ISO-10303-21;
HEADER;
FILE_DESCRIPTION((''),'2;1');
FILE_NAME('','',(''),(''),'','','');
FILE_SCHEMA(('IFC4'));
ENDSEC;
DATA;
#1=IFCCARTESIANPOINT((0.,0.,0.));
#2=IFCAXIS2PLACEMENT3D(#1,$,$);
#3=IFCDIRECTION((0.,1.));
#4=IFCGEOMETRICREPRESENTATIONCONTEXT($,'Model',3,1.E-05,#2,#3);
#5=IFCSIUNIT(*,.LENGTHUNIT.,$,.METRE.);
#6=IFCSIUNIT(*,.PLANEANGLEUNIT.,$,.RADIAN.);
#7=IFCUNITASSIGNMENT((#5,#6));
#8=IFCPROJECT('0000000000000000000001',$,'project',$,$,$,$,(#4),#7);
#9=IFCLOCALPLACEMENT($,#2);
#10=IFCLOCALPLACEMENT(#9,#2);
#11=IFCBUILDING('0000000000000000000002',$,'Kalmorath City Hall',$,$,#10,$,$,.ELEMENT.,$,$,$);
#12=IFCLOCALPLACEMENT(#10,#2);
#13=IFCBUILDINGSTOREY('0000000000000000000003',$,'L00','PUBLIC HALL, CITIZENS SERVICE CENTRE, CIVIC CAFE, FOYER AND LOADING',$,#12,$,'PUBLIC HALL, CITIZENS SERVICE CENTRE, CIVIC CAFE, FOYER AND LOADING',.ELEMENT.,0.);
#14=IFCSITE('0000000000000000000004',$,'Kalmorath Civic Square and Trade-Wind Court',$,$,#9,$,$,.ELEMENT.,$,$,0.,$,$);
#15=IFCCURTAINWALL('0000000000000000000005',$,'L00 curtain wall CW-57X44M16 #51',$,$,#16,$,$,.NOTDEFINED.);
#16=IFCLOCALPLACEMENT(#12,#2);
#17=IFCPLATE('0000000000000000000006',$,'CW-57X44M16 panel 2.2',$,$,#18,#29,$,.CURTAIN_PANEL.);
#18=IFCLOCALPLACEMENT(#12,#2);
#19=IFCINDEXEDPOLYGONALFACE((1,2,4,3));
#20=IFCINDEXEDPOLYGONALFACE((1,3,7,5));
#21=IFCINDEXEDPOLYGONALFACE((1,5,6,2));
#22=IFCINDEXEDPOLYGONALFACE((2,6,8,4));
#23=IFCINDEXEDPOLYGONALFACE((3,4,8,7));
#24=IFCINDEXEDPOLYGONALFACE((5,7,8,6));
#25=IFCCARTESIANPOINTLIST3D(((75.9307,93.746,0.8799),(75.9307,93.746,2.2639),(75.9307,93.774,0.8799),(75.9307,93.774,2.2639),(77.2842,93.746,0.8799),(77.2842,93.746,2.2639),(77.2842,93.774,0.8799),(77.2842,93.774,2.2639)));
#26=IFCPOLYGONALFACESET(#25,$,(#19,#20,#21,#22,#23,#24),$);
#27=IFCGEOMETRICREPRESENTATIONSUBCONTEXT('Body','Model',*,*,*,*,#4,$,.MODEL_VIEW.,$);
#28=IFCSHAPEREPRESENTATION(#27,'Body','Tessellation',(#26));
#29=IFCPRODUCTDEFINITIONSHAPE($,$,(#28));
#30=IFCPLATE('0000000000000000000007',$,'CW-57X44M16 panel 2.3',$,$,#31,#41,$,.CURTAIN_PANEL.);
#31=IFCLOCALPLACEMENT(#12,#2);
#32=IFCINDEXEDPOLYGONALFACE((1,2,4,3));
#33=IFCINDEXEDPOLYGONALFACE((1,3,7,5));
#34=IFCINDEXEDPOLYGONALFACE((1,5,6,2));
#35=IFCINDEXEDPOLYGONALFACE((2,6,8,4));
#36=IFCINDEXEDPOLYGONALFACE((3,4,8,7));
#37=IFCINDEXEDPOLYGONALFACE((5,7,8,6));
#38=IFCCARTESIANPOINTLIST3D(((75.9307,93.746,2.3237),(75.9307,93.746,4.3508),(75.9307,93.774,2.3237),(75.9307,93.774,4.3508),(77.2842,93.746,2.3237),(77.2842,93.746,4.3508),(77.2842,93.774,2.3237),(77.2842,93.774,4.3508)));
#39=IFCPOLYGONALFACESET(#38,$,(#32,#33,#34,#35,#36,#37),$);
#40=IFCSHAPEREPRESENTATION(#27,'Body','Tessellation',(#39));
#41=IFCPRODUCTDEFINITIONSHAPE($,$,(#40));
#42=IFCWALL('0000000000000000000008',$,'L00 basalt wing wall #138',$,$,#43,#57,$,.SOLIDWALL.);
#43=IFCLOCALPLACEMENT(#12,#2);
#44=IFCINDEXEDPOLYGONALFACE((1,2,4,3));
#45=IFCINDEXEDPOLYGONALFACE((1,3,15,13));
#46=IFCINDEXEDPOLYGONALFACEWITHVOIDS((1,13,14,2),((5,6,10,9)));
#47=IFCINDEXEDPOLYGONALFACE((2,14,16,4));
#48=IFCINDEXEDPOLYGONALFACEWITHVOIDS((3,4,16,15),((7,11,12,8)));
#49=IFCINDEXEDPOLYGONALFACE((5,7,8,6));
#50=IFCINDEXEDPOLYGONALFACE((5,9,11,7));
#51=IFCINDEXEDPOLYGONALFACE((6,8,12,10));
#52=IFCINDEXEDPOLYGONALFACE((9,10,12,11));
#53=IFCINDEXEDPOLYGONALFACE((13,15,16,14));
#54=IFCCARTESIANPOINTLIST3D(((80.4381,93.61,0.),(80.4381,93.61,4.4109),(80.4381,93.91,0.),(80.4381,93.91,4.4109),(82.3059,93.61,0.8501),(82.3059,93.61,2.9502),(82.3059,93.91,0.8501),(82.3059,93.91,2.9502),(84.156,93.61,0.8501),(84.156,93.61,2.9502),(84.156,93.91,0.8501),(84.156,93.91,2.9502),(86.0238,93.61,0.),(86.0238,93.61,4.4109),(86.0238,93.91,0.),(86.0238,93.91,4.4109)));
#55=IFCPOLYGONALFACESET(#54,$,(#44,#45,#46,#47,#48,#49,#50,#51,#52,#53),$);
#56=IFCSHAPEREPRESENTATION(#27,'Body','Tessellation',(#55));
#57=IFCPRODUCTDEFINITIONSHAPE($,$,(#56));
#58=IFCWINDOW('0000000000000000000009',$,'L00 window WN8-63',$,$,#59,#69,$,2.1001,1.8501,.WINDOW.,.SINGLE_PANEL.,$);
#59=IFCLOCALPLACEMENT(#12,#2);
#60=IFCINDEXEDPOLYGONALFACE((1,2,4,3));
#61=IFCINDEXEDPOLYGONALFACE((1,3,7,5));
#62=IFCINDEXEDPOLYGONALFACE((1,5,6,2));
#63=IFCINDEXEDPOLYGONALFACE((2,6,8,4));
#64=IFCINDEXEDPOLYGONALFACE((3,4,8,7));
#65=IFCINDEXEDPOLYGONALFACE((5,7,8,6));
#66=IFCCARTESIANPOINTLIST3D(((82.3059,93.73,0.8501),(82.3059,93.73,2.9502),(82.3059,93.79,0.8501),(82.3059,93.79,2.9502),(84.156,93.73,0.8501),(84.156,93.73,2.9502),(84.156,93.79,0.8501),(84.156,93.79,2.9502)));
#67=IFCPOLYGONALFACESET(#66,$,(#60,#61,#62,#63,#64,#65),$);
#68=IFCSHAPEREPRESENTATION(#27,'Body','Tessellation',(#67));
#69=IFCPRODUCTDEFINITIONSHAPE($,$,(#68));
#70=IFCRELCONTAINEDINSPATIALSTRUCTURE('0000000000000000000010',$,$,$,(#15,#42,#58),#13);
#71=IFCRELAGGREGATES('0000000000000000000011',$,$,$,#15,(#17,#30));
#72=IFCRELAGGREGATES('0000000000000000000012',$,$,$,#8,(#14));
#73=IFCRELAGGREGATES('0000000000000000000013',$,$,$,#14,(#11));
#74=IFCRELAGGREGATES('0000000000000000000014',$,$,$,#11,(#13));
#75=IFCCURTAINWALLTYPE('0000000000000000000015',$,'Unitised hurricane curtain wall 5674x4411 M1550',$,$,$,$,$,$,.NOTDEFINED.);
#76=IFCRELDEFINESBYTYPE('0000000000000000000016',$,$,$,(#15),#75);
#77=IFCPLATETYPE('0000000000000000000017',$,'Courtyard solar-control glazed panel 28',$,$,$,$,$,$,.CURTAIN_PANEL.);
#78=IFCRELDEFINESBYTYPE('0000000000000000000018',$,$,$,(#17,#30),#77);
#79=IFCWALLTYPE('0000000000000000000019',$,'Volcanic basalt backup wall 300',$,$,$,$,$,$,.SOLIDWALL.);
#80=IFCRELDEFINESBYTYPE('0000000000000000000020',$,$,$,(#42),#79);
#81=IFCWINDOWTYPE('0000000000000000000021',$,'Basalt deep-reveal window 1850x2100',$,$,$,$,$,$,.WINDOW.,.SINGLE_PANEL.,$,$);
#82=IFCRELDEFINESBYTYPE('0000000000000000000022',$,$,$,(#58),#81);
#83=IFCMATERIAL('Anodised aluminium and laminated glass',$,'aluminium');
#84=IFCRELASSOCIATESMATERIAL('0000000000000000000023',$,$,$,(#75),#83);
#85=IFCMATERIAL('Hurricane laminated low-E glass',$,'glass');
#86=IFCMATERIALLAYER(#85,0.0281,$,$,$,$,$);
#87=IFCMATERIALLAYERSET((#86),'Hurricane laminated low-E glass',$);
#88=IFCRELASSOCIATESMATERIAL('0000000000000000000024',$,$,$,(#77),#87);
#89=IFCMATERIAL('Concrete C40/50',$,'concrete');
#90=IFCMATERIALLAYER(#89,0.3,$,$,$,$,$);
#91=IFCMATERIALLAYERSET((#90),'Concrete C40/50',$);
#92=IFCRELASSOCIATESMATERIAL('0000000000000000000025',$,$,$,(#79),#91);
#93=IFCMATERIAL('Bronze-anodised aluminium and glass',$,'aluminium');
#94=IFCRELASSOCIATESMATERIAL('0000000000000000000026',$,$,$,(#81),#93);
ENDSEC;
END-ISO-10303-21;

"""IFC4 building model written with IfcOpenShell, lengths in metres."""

from ifc_helpers import new_model, si_unit, direction, frame, frame_2d, origin, origin_2d, place, context, subcontext, project, spatial, rectangle, extrude, material, layer, layer_set, type_object, element, fill, aggregate, save


model = new_model("IFC4")

# Units and contexts
model_context = context("Model", 3, precision=1e-05, world=origin(), true_north=direction((0.0, 1.0)))
body_context = subcontext(model_context, "Body", "Model", "MODEL_VIEW")
ifc_project = project(units=[si_unit("LENGTHUNIT", "METRE"), si_unit("PLANEANGLEUNIT", "RADIAN")], contexts=[model_context])

# Site, building, storey
site_placement = place(None, origin())
site = spatial("IfcSite", under=ifc_project, at=site_placement, Name="Kalmorath Civic Square and Trade-Wind Court", CompositionType="ELEMENT", RefElevation=0.0)
building_placement = place(site_placement, origin())
building = spatial("IfcBuilding", under=site, at=building_placement, Name="Kalmorath City Hall", CompositionType="ELEMENT")
storey_placement = place(building_placement, origin())
storey = spatial("IfcBuildingStorey", under=building, at=storey_placement, Name="L00", Description="PUBLIC HALL, CITIZENS SERVICE CENTRE, CIVIC CAFE, FOYER AND LOADING", LongName="PUBLIC HALL, CITIZENS SERVICE CENTRE, CIVIC CAFE, FOYER AND LOADING", CompositionType="ELEMENT", Elevation=0.0)

# Curtain wall
ifc_material_1 = material(Name="Anodised aluminium and laminated glass", Category="aluminium")
curtain_wall_type = type_object("IfcCurtainWallType", Name="Unitised hurricane curtain wall 5674x4411 M1550", PredefinedType="NOTDEFINED", material=ifc_material_1)
curtain_wall_placement = place(storey_placement, origin())
curtain_wall = element("IfcCurtainWall", 1, at=curtain_wall_placement, inside=storey, type_object=curtain_wall_type, Name="L00 curtain wall CW-57X44M16 #51", PredefinedType="NOTDEFINED")

# Plates
ifc_material_2 = material(Name="Hurricane laminated low-E glass", Category="glass")
ifc_layer_1 = layer(ifc_material_2, 0.0281)
ifc_layer_set_1 = layer_set([ifc_layer_1], Name="Hurricane laminated low-E glass")
plate_type = type_object("IfcPlateType", Name="Courtyard solar-control glazed panel 28", PredefinedType="CURTAIN_PANEL", material=ifc_layer_set_1)
plate_1_placement = place(storey_placement, frame((76.6074, 93.76, 0.8799), z_axis=(0.0, 0.0, 1.0), x_axis=(-1.0, 0.0, 0.0)))
plate_1 = element("IfcPlate", 2, at=plate_1_placement, type_object=plate_type, Name="CW-57X44M16 panel 2.2", PredefinedType="CURTAIN_PANEL", context=body_context, shape_type="SweptSolid", body=[
    extrude(rectangle(XDim=1.3535, YDim=0.0281, at=origin_2d()), origin(), (0.0, 0.0, 1.0), 1.384),
])
plate_2_placement = place(storey_placement, frame((76.6074, 93.76, 2.3237), z_axis=(0.0, 0.0, 1.0), x_axis=(-1.0, 0.0, 0.0)))
plate_2 = element("IfcPlate", 3, at=plate_2_placement, type_object=plate_type, Name="CW-57X44M16 panel 2.3", PredefinedType="CURTAIN_PANEL", context=body_context, shape_type="SweptSolid", body=[
    extrude(rectangle(XDim=1.3535, YDim=0.0281, at=origin_2d()), origin(), (0.0, 0.0, 1.0), 2.0271),
])
aggregate(curtain_wall, [plate_1, plate_2])

# Wall, opening, window
ifc_material_3 = material(Name="Concrete C40/50", Category="concrete")
ifc_layer_2 = layer(ifc_material_3, 0.3)
ifc_layer_set_2 = layer_set([ifc_layer_2], Name="Concrete C40/50")
wall_type = type_object("IfcWallType", Name="Volcanic basalt backup wall 300", PredefinedType="SOLIDWALL", material=ifc_layer_set_2)
wall_placement = place(storey_placement, frame((86.0239, 93.76, 0.0), z_axis=(0.0, 0.0, 1.0), x_axis=(-1.0, 0.0, 0.0)))
wall = element("IfcWall", 4, at=wall_placement, inside=storey, type_object=wall_type, Name="L00 basalt wing wall #138", PredefinedType="SOLIDWALL", context=body_context, shape_type="SweptSolid", body=[
    extrude(rectangle(XDim=5.5857, YDim=0.3, at=frame_2d((2.793, 0.0))), origin(), (0.0, 0.0, 1.0), 4.4109),
])
opening_placement = place(wall_placement, frame((1.8679, 0.0, 0.8501)))
opening = element("IfcOpeningElement", 5, at=opening_placement, cuts=wall, PredefinedType="OPENING", context=body_context, shape_type="SweptSolid", body=[
    extrude(rectangle(XDim=1.8501, YDim=2.1001, at=frame_2d((0.925, 1.05))), frame((0.0, 0.1599, 0.0), z_axis=(0.0, -1.0, 0.0), x_axis=(1.0, 0.0, 0.0)), (0.0, 0.0, 1.0), 0.3201),
])
ifc_material_4 = material(Name="Bronze-anodised aluminium and glass", Category="aluminium")
window_type = type_object("IfcWindowType", Name="Basalt deep-reveal window 1850x2100", PartitioningType="SINGLE_PANEL", PredefinedType="WINDOW", material=ifc_material_4)
window_placement = place(opening_placement, origin())
window = element("IfcWindow", 6, at=window_placement, inside=storey, type_object=window_type, Name="L00 window WN8-63", OverallHeight=2.1001, OverallWidth=1.8501, PartitioningType="SINGLE_PANEL", PredefinedType="WINDOW", context=body_context, shape_type="SweptSolid", body=[
    extrude(rectangle(XDim=1.8501, YDim=2.1001, at=frame_2d((0.925, 1.05))), frame((0.0, 0.03, 0.0), z_axis=(0.0, -1.0, 0.0), x_axis=(1.0, 0.0, 0.0)), (0.0, 0.0, 1.0), 0.0601),
])
fill(opening, window)

save(model, "model.ifc")
